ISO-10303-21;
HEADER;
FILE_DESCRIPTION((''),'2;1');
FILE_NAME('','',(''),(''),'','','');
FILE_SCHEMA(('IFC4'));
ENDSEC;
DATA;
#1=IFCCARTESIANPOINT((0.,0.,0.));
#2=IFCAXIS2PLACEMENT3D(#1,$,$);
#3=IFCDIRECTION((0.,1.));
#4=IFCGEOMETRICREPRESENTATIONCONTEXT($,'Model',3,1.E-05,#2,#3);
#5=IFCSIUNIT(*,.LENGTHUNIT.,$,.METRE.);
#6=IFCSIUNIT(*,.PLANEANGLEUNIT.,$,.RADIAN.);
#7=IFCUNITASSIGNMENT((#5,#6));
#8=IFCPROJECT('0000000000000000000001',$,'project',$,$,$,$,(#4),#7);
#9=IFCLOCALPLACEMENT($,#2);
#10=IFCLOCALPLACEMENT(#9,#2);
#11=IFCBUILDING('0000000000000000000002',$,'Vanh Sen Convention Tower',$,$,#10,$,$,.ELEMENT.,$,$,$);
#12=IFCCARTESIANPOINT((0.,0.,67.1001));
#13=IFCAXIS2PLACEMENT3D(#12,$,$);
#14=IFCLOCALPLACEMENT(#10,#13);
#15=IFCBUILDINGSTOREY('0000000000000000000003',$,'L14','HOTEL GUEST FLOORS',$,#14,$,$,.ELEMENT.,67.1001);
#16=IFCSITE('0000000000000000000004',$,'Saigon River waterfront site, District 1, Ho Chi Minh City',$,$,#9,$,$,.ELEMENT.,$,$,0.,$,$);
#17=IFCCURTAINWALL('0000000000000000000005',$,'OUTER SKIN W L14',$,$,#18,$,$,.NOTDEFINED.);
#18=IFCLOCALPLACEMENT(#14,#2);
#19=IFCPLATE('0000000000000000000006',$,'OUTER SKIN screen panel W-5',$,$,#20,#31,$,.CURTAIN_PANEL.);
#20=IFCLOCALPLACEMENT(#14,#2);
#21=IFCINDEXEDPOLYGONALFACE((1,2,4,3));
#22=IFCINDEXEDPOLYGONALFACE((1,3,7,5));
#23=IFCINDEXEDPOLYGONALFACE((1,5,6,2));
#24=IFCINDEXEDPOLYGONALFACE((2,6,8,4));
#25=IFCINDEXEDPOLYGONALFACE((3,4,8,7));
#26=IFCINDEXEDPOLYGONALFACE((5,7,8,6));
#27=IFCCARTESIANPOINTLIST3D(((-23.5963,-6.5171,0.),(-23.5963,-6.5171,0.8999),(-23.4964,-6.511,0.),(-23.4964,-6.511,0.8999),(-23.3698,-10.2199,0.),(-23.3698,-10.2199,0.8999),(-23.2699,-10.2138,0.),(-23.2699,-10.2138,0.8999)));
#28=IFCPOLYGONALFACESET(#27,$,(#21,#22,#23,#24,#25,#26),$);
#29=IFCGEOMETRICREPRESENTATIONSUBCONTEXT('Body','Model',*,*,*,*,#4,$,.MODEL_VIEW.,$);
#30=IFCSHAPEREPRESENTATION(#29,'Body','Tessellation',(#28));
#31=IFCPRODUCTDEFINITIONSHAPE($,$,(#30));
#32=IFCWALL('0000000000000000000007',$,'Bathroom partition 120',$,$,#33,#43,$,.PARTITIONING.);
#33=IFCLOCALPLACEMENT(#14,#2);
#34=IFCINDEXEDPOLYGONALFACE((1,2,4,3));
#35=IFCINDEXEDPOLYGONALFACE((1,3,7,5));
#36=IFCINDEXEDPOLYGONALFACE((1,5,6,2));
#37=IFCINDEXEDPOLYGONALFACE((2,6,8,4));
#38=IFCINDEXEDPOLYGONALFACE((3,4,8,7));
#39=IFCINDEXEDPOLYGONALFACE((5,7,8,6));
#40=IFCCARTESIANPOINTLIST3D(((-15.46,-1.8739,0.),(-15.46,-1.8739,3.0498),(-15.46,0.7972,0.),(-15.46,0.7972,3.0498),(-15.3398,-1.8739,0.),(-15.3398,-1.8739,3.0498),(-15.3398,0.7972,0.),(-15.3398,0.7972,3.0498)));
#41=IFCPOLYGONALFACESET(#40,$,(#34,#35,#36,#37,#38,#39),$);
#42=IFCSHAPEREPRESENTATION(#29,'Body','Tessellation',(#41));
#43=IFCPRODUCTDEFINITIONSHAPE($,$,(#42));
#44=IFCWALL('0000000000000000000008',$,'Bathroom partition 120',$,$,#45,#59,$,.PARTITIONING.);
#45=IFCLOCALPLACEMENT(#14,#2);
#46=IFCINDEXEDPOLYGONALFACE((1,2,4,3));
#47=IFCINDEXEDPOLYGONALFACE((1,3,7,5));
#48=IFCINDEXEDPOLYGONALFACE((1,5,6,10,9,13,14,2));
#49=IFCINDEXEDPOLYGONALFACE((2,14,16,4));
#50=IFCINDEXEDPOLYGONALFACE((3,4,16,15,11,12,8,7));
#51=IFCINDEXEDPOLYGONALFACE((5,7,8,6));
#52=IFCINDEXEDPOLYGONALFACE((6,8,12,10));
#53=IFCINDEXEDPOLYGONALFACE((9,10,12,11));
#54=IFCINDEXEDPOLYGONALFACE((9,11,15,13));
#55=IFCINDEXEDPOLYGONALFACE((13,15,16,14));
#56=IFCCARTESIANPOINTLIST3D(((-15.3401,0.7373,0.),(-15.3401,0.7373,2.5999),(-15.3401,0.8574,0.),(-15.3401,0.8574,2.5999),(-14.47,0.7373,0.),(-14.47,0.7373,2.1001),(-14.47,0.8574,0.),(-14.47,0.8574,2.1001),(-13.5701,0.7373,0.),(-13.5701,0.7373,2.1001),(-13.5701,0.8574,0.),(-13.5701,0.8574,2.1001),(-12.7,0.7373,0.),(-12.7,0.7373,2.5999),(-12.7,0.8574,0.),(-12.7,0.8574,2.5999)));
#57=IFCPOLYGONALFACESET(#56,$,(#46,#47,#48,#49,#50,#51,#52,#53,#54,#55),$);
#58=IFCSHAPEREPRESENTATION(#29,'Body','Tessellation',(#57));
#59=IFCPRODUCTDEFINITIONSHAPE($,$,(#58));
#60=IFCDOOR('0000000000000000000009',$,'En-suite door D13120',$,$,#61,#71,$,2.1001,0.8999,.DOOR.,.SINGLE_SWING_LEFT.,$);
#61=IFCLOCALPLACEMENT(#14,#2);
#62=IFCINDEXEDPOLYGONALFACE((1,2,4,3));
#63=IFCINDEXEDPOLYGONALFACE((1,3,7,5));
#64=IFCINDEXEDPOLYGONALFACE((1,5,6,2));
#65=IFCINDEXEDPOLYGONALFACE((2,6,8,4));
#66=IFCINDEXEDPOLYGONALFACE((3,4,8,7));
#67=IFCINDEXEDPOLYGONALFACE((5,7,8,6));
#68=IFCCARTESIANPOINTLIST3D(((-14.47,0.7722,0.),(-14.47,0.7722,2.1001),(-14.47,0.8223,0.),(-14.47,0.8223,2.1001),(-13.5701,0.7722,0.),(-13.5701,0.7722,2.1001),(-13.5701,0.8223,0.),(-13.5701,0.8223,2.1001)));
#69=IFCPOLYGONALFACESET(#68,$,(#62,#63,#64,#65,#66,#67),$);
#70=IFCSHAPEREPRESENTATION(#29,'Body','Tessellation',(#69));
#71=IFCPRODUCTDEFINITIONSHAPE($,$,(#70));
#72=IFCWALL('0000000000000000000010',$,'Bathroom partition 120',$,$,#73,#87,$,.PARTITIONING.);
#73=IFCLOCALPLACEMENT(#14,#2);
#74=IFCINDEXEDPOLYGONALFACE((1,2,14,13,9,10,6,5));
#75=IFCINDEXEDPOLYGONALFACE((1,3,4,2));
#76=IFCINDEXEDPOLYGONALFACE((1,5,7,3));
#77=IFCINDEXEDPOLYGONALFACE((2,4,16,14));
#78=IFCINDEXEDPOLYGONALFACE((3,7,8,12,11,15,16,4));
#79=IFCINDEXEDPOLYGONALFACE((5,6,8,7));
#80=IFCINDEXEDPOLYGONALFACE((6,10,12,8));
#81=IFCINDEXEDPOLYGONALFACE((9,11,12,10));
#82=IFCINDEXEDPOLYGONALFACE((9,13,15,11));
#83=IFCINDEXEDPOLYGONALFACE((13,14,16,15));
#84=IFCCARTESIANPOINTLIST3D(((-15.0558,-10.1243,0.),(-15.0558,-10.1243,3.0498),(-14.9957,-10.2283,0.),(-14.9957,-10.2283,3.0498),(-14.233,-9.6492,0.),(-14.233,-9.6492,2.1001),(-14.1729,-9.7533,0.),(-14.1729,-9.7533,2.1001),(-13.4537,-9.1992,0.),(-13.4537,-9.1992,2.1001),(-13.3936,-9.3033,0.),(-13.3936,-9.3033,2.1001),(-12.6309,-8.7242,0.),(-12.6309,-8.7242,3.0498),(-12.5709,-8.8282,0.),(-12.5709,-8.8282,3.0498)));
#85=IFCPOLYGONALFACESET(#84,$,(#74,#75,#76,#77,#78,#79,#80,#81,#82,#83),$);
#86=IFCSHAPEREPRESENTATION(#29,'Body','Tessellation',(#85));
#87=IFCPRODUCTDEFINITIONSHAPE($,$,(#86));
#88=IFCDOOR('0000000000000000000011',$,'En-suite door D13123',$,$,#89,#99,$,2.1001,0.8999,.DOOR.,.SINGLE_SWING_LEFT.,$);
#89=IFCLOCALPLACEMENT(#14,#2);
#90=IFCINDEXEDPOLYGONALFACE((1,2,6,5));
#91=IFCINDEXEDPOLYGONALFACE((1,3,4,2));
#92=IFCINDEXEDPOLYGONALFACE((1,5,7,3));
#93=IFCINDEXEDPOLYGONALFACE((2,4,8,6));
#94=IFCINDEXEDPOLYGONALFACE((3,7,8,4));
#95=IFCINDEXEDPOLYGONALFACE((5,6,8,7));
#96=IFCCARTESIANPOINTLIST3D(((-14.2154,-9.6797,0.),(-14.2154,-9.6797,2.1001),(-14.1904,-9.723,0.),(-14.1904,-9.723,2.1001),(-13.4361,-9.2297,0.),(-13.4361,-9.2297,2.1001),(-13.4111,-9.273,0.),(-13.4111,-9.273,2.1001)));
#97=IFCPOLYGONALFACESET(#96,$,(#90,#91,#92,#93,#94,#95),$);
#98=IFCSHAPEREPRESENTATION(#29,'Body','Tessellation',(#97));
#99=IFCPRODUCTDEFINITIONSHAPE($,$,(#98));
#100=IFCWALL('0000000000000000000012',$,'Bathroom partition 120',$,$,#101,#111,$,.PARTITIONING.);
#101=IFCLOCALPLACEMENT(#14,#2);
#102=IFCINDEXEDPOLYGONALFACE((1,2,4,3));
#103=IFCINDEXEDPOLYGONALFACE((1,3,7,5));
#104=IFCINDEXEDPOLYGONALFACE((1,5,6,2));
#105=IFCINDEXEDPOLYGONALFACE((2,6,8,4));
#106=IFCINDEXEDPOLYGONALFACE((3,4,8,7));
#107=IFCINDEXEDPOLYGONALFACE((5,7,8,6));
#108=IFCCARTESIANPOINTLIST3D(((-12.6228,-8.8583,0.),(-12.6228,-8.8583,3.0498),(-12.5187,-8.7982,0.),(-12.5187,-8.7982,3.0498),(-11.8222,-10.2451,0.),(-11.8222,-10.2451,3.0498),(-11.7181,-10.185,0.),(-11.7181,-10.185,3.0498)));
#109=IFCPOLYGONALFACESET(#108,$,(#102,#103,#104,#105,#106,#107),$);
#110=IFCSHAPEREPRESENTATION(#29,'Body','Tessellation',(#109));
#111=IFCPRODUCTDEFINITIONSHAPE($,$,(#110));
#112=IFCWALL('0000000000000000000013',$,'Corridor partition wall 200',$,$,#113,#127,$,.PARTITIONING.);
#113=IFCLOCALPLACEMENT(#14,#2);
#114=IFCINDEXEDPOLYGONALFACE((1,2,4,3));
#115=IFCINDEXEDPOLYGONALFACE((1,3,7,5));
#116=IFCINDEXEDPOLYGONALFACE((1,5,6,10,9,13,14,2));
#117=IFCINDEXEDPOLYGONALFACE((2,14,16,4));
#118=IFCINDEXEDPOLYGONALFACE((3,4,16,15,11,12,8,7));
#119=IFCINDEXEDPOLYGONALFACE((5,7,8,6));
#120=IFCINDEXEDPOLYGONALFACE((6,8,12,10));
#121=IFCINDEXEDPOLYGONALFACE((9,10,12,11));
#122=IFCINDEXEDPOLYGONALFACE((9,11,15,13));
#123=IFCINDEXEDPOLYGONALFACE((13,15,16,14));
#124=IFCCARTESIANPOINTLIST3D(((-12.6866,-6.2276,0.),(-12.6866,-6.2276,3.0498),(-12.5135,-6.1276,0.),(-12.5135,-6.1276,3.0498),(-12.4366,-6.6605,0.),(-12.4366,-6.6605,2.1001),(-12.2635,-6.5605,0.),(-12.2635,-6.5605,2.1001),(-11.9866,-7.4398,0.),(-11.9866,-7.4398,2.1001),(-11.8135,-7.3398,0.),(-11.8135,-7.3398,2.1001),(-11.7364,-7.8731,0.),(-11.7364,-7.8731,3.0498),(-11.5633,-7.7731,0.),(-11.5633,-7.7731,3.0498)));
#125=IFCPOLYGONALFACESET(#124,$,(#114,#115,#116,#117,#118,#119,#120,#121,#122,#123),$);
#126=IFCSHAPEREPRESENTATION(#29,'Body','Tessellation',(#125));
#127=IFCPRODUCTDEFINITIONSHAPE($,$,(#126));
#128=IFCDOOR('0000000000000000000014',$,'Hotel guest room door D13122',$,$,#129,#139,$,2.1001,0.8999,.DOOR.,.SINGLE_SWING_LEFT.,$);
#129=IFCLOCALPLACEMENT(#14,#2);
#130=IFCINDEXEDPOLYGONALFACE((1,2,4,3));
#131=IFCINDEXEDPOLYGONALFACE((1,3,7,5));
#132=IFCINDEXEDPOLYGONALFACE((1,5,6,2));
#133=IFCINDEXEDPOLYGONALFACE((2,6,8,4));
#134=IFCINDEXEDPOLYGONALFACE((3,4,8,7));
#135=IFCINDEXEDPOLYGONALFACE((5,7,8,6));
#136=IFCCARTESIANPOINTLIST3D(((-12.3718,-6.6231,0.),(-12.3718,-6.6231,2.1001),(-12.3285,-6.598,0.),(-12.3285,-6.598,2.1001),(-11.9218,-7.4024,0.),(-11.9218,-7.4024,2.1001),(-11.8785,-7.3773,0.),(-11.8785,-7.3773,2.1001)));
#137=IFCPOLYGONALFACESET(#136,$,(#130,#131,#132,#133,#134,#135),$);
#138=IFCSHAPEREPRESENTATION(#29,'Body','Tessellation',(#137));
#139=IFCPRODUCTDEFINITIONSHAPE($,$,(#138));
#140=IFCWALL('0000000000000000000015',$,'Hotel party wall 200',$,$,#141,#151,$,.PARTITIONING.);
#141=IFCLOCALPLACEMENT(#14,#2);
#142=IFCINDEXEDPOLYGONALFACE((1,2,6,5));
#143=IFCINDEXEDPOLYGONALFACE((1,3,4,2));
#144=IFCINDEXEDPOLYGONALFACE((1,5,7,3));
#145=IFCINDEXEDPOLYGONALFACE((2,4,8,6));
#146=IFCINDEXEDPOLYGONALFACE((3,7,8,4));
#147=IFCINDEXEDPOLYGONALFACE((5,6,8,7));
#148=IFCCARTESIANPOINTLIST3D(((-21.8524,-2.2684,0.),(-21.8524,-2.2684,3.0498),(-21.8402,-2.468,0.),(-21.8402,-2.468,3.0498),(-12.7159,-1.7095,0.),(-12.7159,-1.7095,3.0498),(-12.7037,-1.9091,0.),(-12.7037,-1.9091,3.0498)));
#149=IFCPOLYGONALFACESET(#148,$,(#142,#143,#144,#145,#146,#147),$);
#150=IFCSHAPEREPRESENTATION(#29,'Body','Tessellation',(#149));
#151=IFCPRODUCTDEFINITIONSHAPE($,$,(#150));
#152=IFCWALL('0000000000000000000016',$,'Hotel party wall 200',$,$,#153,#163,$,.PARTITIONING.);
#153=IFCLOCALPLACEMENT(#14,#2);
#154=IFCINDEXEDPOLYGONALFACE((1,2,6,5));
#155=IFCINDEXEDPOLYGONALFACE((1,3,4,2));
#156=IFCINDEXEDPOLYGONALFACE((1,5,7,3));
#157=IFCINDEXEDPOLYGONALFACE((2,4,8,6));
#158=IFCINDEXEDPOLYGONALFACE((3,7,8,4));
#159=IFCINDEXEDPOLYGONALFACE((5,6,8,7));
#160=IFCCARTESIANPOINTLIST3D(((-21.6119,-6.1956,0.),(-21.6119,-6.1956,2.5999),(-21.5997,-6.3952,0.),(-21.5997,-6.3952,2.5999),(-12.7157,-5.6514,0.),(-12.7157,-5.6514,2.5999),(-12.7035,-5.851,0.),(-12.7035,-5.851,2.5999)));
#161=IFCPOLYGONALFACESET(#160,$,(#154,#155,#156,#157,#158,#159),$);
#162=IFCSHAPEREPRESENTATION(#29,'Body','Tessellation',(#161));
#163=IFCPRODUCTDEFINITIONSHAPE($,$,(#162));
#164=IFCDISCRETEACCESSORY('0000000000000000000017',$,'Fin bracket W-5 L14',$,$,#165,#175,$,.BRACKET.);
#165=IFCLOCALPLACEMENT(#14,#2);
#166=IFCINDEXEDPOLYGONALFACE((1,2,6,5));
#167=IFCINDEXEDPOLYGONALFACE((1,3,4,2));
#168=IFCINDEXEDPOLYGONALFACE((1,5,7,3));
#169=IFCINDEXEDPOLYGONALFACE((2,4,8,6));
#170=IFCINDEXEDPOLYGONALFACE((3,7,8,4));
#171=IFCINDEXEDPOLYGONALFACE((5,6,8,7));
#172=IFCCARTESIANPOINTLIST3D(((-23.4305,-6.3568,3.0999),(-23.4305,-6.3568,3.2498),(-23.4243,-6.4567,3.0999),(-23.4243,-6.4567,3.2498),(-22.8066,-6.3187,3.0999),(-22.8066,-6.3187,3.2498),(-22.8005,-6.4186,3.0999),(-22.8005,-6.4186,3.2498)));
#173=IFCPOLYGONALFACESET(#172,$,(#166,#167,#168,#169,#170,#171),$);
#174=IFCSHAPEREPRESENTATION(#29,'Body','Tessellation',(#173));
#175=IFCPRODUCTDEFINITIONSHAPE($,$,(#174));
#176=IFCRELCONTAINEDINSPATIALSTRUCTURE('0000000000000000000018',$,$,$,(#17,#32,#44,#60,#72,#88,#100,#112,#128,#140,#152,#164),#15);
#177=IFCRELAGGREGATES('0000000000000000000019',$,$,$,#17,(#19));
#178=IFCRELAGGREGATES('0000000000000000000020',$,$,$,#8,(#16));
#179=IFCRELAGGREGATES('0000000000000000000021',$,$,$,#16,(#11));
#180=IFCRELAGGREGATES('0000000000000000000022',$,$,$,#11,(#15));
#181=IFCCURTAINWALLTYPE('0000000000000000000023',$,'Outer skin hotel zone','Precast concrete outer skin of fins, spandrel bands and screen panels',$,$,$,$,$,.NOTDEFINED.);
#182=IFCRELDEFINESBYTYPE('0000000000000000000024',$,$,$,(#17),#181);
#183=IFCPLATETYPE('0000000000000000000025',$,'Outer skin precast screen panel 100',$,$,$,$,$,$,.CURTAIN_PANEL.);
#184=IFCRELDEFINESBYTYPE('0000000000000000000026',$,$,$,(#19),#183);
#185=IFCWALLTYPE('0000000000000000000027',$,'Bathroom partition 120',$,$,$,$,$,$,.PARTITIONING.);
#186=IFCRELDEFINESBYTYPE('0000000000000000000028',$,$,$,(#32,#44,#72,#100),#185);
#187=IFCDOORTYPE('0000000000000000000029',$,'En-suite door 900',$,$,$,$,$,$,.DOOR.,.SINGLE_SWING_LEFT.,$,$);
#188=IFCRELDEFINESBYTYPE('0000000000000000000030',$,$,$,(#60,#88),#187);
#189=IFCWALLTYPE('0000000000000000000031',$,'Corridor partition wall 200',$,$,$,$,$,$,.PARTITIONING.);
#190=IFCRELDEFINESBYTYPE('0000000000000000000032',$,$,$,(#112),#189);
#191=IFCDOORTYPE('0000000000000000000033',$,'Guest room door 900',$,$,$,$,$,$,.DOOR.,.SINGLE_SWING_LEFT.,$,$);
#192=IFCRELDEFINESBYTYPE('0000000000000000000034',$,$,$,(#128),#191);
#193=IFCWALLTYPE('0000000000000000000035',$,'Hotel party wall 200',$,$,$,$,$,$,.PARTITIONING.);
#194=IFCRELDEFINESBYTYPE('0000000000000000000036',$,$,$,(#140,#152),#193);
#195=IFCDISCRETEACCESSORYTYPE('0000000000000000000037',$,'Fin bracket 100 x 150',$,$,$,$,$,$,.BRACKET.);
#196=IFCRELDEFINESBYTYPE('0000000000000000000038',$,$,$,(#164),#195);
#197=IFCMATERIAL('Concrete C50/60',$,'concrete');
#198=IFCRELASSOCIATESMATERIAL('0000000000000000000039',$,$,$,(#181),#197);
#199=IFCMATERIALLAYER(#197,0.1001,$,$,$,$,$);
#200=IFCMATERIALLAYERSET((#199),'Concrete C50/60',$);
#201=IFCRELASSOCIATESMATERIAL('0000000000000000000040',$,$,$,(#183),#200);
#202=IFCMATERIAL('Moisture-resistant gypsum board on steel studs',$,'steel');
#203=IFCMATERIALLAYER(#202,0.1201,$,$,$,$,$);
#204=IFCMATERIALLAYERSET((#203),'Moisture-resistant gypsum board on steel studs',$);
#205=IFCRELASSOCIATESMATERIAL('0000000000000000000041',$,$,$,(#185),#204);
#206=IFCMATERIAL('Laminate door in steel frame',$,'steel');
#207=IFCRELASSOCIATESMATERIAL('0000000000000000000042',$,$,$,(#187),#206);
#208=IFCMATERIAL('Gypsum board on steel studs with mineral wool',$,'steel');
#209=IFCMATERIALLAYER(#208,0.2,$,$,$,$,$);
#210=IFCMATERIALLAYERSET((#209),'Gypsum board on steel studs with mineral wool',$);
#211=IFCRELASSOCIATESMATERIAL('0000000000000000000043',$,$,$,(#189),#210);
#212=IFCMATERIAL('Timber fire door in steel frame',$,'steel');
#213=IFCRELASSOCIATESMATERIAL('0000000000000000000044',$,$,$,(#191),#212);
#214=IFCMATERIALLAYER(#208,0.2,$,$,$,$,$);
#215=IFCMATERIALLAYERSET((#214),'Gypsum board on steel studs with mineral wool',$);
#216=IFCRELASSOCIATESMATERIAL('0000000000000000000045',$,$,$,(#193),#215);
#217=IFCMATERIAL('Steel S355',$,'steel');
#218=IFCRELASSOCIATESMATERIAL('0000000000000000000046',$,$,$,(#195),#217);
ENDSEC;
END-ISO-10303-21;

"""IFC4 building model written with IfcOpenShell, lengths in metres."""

from ifc_helpers import new_model, si_unit, direction, frame, frame_2d, origin, origin_2d, place, context, subcontext, project, spatial, rectangle, extrude, material, layer, layer_set, type_object, element, fill, aggregate, save


model = new_model("IFC4")

# Units and contexts
model_context = context("Model", 3, precision=1e-05, world=origin(), true_north=direction((0.0, 1.0)))
body_context = subcontext(model_context, "Body", "Model", "MODEL_VIEW")
ifc_project = project(units=[si_unit("LENGTHUNIT", "METRE"), si_unit("PLANEANGLEUNIT", "RADIAN")], contexts=[model_context])

# Site, building, storey
site_placement = place(None, origin())
site = spatial("IfcSite", under=ifc_project, at=site_placement, Name="Saigon River waterfront site, District 1, Ho Chi Minh City", CompositionType="ELEMENT", RefElevation=0.0)
building_placement = place(site_placement, origin())
building = spatial("IfcBuilding", under=site, at=building_placement, Name="Vanh Sen Convention Tower", CompositionType="ELEMENT")
storey_placement = place(building_placement, frame((0.0, 0.0, 67.1001)))
storey = spatial("IfcBuildingStorey", under=building, at=storey_placement, Name="L14", Description="HOTEL GUEST FLOORS", CompositionType="ELEMENT", Elevation=67.1001)

# Curtain wall
ifc_material_1 = material(Name="Concrete C50/60", Category="concrete")
curtain_wall_type = type_object("IfcCurtainWallType", Name="Outer skin hotel zone", Description="Precast concrete outer skin of fins, spandrel bands and screen panels", PredefinedType="NOTDEFINED", material=ifc_material_1)
curtain_wall_1_placement = place(storey_placement, origin())
curtain_wall_1 = element("IfcCurtainWall", 1, at=curtain_wall_1_placement, inside=storey, type_object=curtain_wall_type, Name="OUTER SKIN W L14", PredefinedType="NOTDEFINED")

# Plate
ifc_layer_1 = layer(ifc_material_1, 0.1001)
ifc_layer_set_1 = layer_set([ifc_layer_1], Name="Concrete C50/60")
plate_type = type_object("IfcPlateType", Name="Outer skin precast screen panel 100", PredefinedType="CURTAIN_PANEL", material=ifc_layer_set_1)
plate_1_placement = place(storey_placement, frame((-23.4331, -8.3655, 0.0), z_axis=(0.0, 0.0, 1.0), x_axis=(0.061047, -0.998135, 0.0)))
plate_1 = element("IfcPlate", 2, at=plate_1_placement, type_object=plate_type, Name="OUTER SKIN screen panel W-5", PredefinedType="CURTAIN_PANEL", context=body_context, shape_type="SweptSolid", body=[
    extrude(rectangle(XDim=3.7097, YDim=0.1001, at=origin_2d()), origin(), (0.0, 0.0, 1.0), 0.8999),
])
aggregate(curtain_wall_1, [plate_1])

# Wall
ifc_material_2 = material(Name="Moisture-resistant gypsum board on steel studs", Category="steel")
ifc_layer_2 = layer(ifc_material_2, 0.1201)
ifc_layer_set_2 = layer_set([ifc_layer_2], Name="Moisture-resistant gypsum board on steel studs")
wall_type_1 = type_object("IfcWallType", Name="Bathroom partition 120", PredefinedType="PARTITIONING", material=ifc_layer_set_2)
wall_1_placement = place(storey_placement, frame((-15.3999, -1.8738, 0.0), z_axis=(0.0, 0.0, 1.0), x_axis=(0.0, 1.0, 0.0)))
element("IfcWall", 3, at=wall_1_placement, inside=storey, type_object=wall_type_1, Name="Bathroom partition 120", PredefinedType="PARTITIONING", context=body_context, shape_type="SweptSolid", body=[
    extrude(rectangle(XDim=2.6711, YDim=0.1201, at=frame_2d((1.3354, 0.0))), origin(), (0.0, 0.0, 1.0), 3.0498),
])

# Walls, openings, doors
wall_2_placement = place(storey_placement, frame((-15.3401, 0.7974, 0.0), z_axis=(0.0, 0.0, 1.0), x_axis=(1.0, 0.0, 0.0)))
wall_2 = element("IfcWall", 4, at=wall_2_placement, inside=storey, type_object=wall_type_1, Name="Bathroom partition 120", PredefinedType="PARTITIONING", context=body_context, shape_type="SweptSolid", body=[
    extrude(rectangle(XDim=2.6401, YDim=0.1201, at=frame_2d((1.3201, 0.0))), origin(), (0.0, 0.0, 1.0), 2.5999),
])
opening_1_placement = place(wall_2_placement, frame((0.8701, 0.0, 0.0)))
opening_1 = element("IfcOpeningElement", 5, at=opening_1_placement, cuts=wall_2, PredefinedType="OPENING", context=body_context, shape_type="SweptSolid", body=[
    extrude(rectangle(XDim=0.8999, YDim=2.1001, at=frame_2d((0.45, 1.05))), frame((0.0, 0.0701, 0.0), z_axis=(0.0, -1.0, 0.0), x_axis=(1.0, 0.0, 0.0)), (0.0, 0.0, 1.0), 0.1401),
])
ifc_material_3 = material(Name="Laminate door in steel frame", Category="steel")
door_type_1 = type_object("IfcDoorType", Name="En-suite door 900", OperationType="SINGLE_SWING_LEFT", PredefinedType="DOOR", material=ifc_material_3)
door_1_placement = place(opening_1_placement, origin())
door_1 = element("IfcDoor", 6, at=door_1_placement, inside=storey, type_object=door_type_1, Name="En-suite door D13120", OperationType="SINGLE_SWING_LEFT", OverallHeight=2.1001, OverallWidth=0.8999, PredefinedType="DOOR", context=body_context, shape_type="SweptSolid", body=[
    extrude(rectangle(XDim=0.8999, YDim=2.1001, at=frame_2d((0.45, 1.05))), frame((0.0, 0.0249, 0.0), z_axis=(0.0, -1.0, 0.0), x_axis=(1.0, 0.0, 0.0)), (0.0, 0.0, 1.0), 0.05),
])
fill(opening_1, door_1)
wall_3_placement = place(storey_placement, frame((-15.0256, -10.1763, 0.0), z_axis=(0.0, 0.0, 1.0), x_axis=(0.865997, 0.50005, 0.0)))
wall_3 = element("IfcWall", 7, at=wall_3_placement, inside=storey, type_object=wall_type_1, Name="Bathroom partition 120", PredefinedType="PARTITIONING", context=body_context, shape_type="SweptSolid", body=[
    extrude(rectangle(XDim=2.8, YDim=0.1201, at=frame_2d((1.3999, 0.0))), origin(), (0.0, 0.0, 1.0), 3.0498),
])
opening_2_placement = place(wall_3_placement, frame((0.95, 0.0, 0.0)))
opening_2 = element("IfcOpeningElement", 8, at=opening_2_placement, cuts=wall_3, PredefinedType="OPENING", context=body_context, shape_type="SweptSolid", body=[
    extrude(rectangle(XDim=0.8999, YDim=2.1001, at=frame_2d((0.45, 1.05))), frame((0.0, 0.0701, 0.0), z_axis=(0.0, -1.0, 0.0), x_axis=(1.0, 0.0, 0.0)), (0.0, 0.0, 1.0), 0.1401),
])
door_2_placement = place(opening_2_placement, origin())
door_2 = element("IfcDoor", 9, at=door_2_placement, inside=storey, type_object=door_type_1, Name="En-suite door D13123", OperationType="SINGLE_SWING_LEFT", OverallHeight=2.1001, OverallWidth=0.8999, PredefinedType="DOOR", context=body_context, shape_type="SweptSolid", body=[
    extrude(rectangle(XDim=0.8999, YDim=2.1001, at=frame_2d((0.45, 1.05))), frame((0.0, 0.0249, 0.0), z_axis=(0.0, -1.0, 0.0), x_axis=(1.0, 0.0, 0.0)), (0.0, 0.0, 1.0), 0.05),
])
fill(opening_2, door_2)

# Wall
wall_4_placement = place(storey_placement, frame((-12.5708, -8.8281, 0.0), z_axis=(0.0, 0.0, 1.0), x_axis=(0.49996, -0.866048, 0.0)))
element("IfcWall", 10, at=wall_4_placement, inside=storey, type_object=wall_type_1, Name="Bathroom partition 120", PredefinedType="PARTITIONING", context=body_context, shape_type="SweptSolid", body=[
    extrude(rectangle(XDim=1.6013, YDim=0.1201, at=frame_2d((0.8008, 0.0))), origin(), (0.0, 0.0, 1.0), 3.0498),
])

# Wall, opening, door
ifc_material_4 = material(Name="Gypsum board on steel studs with mineral wool", Category="steel")
ifc_layer_3 = layer(ifc_material_4, 0.2)
ifc_layer_set_3 = layer_set([ifc_layer_3], Name="Gypsum board on steel studs with mineral wool")
wall_type_2 = type_object("IfcWallType", Name="Corridor partition wall 200", PredefinedType="PARTITIONING", material=ifc_layer_set_3)
wall_5_placement = place(storey_placement, frame((-12.6001, -6.1775, 0.0), z_axis=(0.0, 0.0, 1.0), x_axis=(0.500064, -0.865989, 0.0)))
wall_5 = element("IfcWall", 11, at=wall_5_placement, inside=storey, type_object=wall_type_2, Name="Corridor partition wall 200", PredefinedType="PARTITIONING", context=body_context, shape_type="SweptSolid", body=[
    extrude(rectangle(XDim=1.9001, YDim=0.2, at=frame_2d((0.9502, 0.0))), origin(), (0.0, 0.0, 1.0), 3.0498),
])
opening_3_placement = place(wall_5_placement, frame((0.5, 0.0, 0.0)))
opening_3 = element("IfcOpeningElement", 12, at=opening_3_placement, cuts=wall_5, PredefinedType="OPENING", context=body_context, shape_type="SweptSolid", body=[
    extrude(rectangle(XDim=0.8999, YDim=2.1001, at=frame_2d((0.45, 1.05))), frame((0.0, 0.1099, 0.0), z_axis=(0.0, -1.0, 0.0), x_axis=(1.0, 0.0, 0.0)), (0.0, 0.0, 1.0), 0.22),
])
ifc_material_5 = material(Name="Timber fire door in steel frame", Category="steel")
door_type_2 = type_object("IfcDoorType", Name="Guest room door 900", OperationType="SINGLE_SWING_LEFT", PredefinedType="DOOR", material=ifc_material_5)
door_3_placement = place(opening_3_placement, origin())
door_3 = element("IfcDoor", 13, at=door_3_placement, inside=storey, type_object=door_type_2, Name="Hotel guest room door D13122", OperationType="SINGLE_SWING_LEFT", OverallHeight=2.1001, OverallWidth=0.8999, PredefinedType="DOOR", context=body_context, shape_type="SweptSolid", body=[
    extrude(rectangle(XDim=0.8999, YDim=2.1001, at=frame_2d((0.45, 1.05))), frame((0.0, 0.0249, 0.0), z_axis=(0.0, -1.0, 0.0), x_axis=(1.0, 0.0, 0.0)), (0.0, 0.0, 1.0), 0.05),
])
fill(opening_3, door_3)

# Walls
ifc_layer_4 = layer(ifc_material_4, 0.2)
ifc_layer_set_4 = layer_set([ifc_layer_4], Name="Gypsum board on steel studs with mineral wool")
wall_type_3 = type_object("IfcWallType", Name="Hotel party wall 200", PredefinedType="PARTITIONING", material=ifc_layer_set_4)
wall_6_placement = place(storey_placement, frame((-21.8462, -2.3682, 0.0), z_axis=(0.0, 0.0, 1.0), x_axis=(0.998135, 0.061051, 0.0)))
element("IfcWall", 14, at=wall_6_placement, inside=storey, type_object=wall_type_3, Name="Hotel party wall 200", PredefinedType="PARTITIONING", context=body_context, shape_type="SweptSolid", body=[
    extrude(rectangle(XDim=9.1536, YDim=0.2, at=frame_2d((4.5767, 0.0))), origin(), (0.0, 0.0, 1.0), 3.0498),
])
wall_7_placement = place(storey_placement, frame((-21.606, -6.2954, 0.0), z_axis=(0.0, 0.0, 1.0), x_axis=(0.998134, 0.061057, 0.0)))
element("IfcWall", 15, at=wall_7_placement, inside=storey, type_object=wall_type_3, Name="Hotel party wall 200", PredefinedType="PARTITIONING", context=body_context, shape_type="SweptSolid", body=[
    extrude(rectangle(XDim=8.9128, YDim=0.2, at=frame_2d((4.4565, 0.0))), origin(), (0.0, 0.0, 1.0), 2.5999),
])

# Discrete accessory
ifc_material_6 = material(Name="Steel S355", Category="steel")
discrete_accessory_type = type_object("IfcDiscreteAccessoryType", Name="Fin bracket 100 x 150", PredefinedType="BRACKET", material=ifc_material_6)
discrete_accessory_placement = place(storey_placement, frame((-23.1155, -6.3877, 3.0999), z_axis=(0.0, 0.0, 1.0), x_axis=(-0.998135, -0.061049, 0.0)))
element("IfcDiscreteAccessory", 16, at=discrete_accessory_placement, inside=storey, type_object=discrete_accessory_type, Name="Fin bracket W-5 L14", PredefinedType="BRACKET", context=body_context, shape_type="SweptSolid", body=[
    extrude(rectangle(XDim=0.625, YDim=0.1001, at=origin_2d()), origin(), (0.0, 0.0, 1.0), 0.1499),
])

save(model, "model.ifc")
